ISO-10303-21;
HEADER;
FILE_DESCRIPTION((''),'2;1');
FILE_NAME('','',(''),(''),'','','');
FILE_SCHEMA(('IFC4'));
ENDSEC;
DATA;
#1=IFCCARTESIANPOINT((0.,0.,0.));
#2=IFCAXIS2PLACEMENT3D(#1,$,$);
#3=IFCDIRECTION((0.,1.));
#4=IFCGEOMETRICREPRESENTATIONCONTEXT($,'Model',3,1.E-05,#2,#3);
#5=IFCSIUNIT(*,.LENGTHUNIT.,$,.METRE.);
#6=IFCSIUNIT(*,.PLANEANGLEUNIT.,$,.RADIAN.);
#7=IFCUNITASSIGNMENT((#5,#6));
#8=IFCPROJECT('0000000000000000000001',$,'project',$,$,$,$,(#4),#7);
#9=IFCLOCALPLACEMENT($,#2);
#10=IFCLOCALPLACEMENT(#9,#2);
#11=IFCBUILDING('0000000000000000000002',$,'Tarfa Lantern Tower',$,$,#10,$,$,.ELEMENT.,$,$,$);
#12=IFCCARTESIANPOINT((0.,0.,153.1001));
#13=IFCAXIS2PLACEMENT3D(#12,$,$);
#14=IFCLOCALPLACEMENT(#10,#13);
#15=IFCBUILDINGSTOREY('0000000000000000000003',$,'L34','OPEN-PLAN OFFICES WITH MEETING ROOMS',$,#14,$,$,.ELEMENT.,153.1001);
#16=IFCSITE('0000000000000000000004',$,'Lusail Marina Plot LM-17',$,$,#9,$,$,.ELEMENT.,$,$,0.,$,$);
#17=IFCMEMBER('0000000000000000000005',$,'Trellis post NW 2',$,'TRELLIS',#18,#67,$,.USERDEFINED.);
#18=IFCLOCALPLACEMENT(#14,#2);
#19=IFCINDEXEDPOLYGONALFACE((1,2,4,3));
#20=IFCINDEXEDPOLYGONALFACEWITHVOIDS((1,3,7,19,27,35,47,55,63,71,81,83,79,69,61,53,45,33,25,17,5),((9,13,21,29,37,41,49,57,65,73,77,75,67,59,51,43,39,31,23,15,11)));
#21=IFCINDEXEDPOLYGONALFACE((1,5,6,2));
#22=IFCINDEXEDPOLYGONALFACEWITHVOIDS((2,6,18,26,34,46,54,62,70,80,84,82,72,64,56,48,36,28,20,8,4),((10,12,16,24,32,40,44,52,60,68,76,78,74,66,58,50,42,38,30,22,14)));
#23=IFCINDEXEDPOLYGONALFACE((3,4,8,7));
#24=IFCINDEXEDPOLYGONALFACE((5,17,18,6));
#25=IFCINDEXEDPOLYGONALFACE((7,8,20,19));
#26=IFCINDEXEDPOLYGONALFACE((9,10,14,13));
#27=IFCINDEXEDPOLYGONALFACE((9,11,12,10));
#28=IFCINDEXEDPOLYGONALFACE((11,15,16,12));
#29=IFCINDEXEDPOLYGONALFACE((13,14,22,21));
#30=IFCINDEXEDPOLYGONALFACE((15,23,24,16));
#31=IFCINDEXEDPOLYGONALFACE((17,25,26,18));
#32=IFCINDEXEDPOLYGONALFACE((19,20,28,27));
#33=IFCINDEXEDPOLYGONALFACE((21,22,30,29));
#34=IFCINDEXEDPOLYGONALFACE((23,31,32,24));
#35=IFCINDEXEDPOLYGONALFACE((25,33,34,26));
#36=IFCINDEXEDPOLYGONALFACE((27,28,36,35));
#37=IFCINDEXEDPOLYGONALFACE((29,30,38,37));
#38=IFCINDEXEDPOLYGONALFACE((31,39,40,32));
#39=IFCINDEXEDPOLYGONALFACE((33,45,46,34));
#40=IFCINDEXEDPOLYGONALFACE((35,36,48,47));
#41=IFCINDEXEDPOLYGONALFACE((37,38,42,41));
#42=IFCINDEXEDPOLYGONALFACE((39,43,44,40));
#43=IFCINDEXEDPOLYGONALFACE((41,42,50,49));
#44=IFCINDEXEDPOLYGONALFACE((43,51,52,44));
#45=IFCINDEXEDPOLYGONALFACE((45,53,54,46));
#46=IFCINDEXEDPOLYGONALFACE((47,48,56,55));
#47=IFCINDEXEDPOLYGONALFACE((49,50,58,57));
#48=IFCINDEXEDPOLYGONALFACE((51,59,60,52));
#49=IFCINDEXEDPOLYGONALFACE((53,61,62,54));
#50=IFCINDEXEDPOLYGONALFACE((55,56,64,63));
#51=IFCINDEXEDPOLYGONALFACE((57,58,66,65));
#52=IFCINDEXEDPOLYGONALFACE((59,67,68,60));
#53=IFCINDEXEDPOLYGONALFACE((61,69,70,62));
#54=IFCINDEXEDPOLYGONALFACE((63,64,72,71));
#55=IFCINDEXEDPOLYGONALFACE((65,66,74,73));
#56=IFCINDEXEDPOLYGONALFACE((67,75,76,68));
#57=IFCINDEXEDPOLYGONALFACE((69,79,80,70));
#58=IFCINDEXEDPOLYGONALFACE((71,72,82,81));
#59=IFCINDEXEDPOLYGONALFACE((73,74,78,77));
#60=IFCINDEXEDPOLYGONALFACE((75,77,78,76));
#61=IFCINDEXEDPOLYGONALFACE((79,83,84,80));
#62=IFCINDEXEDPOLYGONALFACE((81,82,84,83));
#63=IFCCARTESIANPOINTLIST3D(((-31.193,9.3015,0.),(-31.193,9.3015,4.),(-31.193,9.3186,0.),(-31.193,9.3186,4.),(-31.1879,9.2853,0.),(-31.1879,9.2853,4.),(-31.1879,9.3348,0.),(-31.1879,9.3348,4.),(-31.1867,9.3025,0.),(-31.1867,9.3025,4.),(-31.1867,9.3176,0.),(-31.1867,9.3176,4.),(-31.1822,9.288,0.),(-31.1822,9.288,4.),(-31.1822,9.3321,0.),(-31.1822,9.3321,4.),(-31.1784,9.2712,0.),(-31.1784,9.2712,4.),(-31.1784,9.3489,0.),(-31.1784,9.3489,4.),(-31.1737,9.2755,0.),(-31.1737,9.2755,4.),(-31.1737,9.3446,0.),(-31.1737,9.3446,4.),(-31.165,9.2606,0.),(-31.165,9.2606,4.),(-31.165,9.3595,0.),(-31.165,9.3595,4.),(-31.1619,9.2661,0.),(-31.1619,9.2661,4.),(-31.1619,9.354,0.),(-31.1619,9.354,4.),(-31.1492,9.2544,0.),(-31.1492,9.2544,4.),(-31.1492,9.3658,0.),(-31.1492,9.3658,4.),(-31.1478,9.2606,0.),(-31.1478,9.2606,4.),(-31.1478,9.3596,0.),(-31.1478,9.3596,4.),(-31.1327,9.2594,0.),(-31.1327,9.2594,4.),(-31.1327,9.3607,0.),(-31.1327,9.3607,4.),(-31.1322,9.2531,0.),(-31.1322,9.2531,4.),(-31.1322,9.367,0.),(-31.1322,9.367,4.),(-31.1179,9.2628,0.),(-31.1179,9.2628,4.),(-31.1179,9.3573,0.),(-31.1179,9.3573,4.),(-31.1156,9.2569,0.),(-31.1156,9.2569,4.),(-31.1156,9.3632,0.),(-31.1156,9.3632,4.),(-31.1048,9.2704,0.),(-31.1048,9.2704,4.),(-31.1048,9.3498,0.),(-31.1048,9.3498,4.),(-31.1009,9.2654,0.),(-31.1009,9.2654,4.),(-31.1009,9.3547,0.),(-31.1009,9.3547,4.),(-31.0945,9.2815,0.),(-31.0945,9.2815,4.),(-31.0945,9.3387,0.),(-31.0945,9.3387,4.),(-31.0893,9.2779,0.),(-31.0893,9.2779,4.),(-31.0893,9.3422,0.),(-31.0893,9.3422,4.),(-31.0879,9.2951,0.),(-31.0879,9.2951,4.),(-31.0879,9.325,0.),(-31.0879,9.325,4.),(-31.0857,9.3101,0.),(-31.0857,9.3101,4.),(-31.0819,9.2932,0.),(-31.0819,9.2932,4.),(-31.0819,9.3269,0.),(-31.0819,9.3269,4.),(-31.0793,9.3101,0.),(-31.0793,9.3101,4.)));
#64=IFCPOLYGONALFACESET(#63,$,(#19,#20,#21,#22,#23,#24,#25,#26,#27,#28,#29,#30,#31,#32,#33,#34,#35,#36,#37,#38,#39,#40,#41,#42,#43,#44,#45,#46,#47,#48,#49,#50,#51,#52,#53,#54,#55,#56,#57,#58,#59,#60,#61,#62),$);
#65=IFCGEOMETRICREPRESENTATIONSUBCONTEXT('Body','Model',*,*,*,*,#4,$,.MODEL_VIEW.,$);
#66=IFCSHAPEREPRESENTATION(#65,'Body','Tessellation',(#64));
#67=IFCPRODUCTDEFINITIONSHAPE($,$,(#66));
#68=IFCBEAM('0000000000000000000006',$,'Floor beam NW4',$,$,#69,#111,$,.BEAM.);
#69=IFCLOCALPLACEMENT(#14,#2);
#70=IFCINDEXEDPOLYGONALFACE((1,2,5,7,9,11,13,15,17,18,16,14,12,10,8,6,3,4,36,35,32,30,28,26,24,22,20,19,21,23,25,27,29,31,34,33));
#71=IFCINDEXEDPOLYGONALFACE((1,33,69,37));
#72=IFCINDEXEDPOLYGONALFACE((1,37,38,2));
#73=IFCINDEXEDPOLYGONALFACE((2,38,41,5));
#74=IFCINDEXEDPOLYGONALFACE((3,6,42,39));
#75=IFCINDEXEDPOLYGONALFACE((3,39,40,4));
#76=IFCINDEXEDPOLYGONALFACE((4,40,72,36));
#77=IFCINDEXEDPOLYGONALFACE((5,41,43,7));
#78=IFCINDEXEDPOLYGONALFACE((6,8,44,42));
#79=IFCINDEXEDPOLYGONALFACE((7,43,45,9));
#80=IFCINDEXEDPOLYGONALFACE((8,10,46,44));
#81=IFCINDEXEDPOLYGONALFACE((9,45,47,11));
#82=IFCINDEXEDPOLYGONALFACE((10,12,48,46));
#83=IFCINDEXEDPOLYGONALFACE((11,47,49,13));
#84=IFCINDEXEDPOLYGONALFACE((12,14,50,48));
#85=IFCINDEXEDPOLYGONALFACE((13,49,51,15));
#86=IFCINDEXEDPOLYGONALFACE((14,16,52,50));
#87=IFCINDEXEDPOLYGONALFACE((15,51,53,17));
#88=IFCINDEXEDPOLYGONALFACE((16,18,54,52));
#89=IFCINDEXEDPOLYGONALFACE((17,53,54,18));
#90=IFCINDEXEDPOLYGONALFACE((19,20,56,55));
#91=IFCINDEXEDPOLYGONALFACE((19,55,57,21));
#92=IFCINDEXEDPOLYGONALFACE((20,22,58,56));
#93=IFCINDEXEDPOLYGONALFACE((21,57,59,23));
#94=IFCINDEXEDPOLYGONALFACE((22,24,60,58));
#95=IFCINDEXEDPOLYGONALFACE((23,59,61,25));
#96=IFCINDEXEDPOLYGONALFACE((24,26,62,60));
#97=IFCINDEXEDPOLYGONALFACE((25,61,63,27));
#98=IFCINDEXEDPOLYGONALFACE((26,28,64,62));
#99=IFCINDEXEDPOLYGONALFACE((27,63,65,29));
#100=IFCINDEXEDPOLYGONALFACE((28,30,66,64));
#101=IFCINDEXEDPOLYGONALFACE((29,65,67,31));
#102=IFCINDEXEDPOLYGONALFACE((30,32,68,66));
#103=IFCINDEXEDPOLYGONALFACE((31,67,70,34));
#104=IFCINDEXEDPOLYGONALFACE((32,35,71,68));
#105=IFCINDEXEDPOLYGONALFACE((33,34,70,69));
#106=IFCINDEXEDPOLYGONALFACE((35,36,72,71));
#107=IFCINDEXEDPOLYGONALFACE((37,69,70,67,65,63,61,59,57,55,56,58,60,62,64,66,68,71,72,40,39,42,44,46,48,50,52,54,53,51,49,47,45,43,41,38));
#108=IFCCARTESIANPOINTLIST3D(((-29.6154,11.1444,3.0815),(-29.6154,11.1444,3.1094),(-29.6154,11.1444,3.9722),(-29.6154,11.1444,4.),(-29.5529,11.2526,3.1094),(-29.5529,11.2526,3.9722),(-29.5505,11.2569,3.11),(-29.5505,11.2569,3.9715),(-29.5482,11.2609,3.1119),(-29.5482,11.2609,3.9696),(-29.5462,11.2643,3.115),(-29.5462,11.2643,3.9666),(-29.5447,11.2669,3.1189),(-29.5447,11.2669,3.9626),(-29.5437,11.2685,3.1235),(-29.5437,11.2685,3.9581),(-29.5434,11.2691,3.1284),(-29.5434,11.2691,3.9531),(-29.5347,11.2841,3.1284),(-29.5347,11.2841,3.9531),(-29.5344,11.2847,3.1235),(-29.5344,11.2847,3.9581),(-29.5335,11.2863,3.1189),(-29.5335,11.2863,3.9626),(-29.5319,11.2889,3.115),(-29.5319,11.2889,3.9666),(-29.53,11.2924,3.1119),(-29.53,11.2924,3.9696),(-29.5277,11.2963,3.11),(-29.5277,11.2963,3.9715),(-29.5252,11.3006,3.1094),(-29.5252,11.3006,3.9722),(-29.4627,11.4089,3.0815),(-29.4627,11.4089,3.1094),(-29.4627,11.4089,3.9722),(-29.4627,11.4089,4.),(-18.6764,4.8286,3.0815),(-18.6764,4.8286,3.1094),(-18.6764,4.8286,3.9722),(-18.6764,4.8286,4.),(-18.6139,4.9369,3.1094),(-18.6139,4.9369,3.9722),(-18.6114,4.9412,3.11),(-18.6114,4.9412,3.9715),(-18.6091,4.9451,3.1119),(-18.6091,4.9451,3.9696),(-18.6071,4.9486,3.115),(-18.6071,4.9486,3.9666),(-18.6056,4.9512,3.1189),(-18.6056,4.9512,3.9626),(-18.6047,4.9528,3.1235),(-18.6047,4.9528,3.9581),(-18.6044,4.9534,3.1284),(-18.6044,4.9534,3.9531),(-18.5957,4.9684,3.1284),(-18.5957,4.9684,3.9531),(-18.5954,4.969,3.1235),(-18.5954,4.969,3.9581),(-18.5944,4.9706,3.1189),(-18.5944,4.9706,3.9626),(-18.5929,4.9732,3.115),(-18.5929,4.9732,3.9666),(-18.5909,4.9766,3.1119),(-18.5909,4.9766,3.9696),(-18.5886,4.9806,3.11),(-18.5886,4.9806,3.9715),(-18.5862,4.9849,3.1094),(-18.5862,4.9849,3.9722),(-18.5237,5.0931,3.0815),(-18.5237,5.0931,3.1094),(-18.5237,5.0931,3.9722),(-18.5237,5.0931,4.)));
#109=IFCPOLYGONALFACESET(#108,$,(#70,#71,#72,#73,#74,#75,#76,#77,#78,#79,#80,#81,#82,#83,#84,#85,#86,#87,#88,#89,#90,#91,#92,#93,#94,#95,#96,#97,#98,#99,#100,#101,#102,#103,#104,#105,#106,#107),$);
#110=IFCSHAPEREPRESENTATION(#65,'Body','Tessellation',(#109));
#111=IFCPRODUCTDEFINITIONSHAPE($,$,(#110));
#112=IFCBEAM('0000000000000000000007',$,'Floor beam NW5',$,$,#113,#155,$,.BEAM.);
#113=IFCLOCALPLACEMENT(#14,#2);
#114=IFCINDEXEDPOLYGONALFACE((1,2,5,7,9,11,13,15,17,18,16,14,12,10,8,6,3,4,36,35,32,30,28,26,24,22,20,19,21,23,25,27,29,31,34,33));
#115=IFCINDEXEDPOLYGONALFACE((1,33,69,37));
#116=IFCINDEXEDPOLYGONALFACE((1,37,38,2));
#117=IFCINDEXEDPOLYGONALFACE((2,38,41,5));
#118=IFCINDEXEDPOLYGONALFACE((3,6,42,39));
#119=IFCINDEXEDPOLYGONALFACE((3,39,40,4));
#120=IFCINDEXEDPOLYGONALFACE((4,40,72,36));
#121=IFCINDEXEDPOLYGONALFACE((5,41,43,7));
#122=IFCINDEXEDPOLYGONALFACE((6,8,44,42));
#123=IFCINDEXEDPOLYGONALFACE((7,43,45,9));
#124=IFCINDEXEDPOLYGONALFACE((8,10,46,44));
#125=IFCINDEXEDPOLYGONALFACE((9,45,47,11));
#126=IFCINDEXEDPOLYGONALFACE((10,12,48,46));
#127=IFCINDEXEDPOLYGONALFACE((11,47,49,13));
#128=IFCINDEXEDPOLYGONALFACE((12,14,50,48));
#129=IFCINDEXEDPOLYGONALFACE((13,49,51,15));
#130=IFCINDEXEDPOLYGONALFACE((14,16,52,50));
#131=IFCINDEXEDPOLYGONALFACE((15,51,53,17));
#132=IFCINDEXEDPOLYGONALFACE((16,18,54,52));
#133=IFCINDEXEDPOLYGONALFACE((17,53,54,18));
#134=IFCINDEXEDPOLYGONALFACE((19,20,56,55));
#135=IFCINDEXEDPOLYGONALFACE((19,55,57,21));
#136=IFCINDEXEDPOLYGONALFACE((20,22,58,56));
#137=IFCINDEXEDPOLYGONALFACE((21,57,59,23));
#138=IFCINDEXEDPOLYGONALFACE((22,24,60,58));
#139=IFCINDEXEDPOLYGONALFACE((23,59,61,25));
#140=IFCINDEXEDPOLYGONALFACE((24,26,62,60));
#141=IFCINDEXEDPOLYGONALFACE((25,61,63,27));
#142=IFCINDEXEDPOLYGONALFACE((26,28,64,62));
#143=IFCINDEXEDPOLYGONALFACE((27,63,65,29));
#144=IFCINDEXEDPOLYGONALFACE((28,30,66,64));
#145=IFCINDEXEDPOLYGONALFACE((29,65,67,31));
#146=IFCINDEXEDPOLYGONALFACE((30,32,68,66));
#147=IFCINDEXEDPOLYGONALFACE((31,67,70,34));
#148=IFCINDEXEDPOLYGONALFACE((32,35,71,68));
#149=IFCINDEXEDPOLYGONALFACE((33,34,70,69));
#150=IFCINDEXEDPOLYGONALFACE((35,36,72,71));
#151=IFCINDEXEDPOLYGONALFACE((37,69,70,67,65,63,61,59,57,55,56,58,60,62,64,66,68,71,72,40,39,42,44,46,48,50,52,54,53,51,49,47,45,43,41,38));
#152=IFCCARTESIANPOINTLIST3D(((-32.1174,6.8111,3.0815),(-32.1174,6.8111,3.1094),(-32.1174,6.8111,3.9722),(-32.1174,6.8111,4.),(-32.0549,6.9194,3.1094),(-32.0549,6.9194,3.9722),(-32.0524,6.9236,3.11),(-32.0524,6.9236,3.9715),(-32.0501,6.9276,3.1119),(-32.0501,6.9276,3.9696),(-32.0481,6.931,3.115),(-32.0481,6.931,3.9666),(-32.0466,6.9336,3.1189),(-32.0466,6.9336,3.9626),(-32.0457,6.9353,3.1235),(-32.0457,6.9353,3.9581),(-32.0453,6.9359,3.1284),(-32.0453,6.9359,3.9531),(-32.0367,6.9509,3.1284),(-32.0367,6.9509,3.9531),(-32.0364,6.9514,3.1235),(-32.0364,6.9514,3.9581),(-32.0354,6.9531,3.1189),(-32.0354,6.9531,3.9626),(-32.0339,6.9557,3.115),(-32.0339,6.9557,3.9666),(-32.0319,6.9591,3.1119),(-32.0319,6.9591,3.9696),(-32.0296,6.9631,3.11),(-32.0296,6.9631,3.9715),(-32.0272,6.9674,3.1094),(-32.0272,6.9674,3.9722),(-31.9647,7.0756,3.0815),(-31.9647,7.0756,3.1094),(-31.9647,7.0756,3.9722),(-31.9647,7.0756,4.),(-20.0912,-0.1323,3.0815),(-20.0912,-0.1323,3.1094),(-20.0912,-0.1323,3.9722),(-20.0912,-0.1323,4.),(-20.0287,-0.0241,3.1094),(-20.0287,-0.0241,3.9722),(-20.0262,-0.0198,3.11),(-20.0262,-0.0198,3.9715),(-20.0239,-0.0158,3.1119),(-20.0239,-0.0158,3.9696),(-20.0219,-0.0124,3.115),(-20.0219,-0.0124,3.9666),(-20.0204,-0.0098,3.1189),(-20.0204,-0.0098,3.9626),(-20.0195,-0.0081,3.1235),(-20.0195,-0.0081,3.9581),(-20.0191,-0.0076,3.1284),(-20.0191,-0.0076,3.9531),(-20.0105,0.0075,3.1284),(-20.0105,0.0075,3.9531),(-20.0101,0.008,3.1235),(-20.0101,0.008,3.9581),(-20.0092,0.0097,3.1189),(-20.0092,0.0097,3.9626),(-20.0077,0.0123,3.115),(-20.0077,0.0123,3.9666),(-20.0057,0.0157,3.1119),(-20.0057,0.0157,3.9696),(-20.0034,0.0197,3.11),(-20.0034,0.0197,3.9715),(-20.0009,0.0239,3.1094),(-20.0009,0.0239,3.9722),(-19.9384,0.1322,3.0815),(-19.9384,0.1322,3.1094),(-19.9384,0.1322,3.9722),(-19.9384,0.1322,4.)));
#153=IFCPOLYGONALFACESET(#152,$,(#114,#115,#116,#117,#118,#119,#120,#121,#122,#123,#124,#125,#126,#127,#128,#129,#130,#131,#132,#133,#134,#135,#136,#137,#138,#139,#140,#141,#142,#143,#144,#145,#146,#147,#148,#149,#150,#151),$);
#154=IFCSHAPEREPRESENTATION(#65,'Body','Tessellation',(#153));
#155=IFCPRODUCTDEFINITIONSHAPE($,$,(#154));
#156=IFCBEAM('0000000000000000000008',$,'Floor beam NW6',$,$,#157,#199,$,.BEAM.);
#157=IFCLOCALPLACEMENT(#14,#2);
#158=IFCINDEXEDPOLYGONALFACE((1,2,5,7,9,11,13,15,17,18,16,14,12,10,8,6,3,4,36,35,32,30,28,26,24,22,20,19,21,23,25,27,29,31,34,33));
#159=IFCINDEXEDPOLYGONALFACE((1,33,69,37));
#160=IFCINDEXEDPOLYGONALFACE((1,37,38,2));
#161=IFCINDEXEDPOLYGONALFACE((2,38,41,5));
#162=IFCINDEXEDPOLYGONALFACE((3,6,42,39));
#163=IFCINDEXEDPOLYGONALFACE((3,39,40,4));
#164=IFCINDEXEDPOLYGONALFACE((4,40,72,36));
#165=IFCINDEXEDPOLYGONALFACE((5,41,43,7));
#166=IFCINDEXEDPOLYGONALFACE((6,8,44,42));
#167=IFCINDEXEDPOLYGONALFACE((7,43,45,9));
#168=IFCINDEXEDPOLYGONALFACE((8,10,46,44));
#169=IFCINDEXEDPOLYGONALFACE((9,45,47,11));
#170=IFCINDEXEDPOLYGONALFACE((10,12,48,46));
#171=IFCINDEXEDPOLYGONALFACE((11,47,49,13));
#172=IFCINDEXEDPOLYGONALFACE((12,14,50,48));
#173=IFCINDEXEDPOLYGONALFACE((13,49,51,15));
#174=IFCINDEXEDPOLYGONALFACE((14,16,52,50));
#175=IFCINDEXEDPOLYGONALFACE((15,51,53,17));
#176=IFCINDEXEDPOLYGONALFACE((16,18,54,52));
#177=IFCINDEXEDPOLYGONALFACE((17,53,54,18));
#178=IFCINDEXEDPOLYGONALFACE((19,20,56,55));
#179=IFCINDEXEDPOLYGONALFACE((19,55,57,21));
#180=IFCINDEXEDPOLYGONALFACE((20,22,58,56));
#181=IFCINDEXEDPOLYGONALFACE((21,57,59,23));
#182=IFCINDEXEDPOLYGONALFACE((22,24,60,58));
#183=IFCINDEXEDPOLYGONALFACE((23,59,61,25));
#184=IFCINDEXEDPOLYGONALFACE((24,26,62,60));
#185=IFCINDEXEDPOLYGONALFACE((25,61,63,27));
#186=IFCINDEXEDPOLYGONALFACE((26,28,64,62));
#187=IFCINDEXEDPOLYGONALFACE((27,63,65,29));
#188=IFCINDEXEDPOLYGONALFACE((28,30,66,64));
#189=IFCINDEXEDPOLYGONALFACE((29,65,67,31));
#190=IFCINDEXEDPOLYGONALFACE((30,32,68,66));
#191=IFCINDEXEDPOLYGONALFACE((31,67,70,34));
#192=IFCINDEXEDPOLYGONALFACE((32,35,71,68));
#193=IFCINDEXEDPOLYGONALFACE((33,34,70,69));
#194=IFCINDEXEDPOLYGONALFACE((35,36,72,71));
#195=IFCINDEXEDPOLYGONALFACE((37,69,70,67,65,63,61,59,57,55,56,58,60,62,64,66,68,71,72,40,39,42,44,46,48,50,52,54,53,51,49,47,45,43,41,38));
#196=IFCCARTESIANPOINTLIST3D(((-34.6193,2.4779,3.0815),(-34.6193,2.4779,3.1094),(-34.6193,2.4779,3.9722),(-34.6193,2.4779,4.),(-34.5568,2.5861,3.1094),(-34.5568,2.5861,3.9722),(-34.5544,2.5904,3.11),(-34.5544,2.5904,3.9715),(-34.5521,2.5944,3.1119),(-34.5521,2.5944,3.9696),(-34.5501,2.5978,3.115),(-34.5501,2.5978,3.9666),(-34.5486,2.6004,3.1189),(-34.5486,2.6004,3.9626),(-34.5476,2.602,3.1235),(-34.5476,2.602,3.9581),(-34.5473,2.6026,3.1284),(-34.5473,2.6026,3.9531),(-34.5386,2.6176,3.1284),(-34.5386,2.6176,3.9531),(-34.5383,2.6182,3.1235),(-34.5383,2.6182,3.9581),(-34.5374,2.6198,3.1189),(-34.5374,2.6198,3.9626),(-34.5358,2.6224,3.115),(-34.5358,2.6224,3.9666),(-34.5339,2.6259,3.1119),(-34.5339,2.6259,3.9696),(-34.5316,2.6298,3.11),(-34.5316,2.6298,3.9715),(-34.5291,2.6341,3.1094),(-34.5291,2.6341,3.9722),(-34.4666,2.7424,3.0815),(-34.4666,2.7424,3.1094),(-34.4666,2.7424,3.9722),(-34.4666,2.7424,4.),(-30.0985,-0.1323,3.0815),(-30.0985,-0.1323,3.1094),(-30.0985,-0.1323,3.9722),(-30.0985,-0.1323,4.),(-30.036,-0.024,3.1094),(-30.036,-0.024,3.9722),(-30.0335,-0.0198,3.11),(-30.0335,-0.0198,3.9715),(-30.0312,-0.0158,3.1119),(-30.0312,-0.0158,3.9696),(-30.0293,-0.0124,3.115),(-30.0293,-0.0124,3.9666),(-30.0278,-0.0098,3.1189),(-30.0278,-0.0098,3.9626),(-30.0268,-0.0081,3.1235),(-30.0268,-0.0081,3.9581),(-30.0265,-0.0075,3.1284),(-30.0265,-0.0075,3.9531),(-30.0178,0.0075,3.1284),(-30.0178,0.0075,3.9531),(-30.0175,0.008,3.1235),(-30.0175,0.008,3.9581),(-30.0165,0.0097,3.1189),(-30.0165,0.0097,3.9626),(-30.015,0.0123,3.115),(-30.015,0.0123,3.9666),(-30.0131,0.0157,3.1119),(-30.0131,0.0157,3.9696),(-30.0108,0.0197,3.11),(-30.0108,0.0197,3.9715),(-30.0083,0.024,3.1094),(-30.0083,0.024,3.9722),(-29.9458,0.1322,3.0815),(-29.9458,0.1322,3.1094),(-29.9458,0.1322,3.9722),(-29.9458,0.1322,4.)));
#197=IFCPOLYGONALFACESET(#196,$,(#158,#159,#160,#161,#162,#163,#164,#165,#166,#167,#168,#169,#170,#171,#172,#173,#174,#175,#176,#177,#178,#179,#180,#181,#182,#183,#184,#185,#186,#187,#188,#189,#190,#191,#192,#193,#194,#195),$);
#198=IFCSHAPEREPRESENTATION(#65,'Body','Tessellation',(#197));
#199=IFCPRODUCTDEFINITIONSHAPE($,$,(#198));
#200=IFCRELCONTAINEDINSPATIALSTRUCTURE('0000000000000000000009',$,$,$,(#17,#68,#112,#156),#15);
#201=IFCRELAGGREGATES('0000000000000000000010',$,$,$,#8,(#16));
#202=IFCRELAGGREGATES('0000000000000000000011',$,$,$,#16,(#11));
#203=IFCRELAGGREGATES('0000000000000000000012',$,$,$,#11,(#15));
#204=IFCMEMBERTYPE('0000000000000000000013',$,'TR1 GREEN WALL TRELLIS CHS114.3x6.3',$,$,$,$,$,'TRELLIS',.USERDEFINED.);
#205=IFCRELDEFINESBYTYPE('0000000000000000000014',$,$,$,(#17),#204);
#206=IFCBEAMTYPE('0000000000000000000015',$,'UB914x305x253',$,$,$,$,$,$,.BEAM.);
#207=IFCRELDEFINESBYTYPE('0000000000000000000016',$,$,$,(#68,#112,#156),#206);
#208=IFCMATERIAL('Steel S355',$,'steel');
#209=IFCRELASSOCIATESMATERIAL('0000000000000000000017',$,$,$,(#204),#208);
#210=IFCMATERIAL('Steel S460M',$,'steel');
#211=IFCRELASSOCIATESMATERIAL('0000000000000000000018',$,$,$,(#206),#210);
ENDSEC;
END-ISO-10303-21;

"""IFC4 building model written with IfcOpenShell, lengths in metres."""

from ifc_helpers import new_model, si_unit, direction, frame, origin, origin_2d, place, context, subcontext, project, spatial, hollow_circle, i_section, extrude, material, material_profile, profile_set, type_object, element, save


model = new_model("IFC4")

# Units and contexts
model_context = context("Model", 3, precision=1e-05, world=origin(), true_north=direction((0.0, 1.0)))
body_context = subcontext(model_context, "Body", "Model", "MODEL_VIEW")
ifc_project = project(units=[si_unit("LENGTHUNIT", "METRE"), si_unit("PLANEANGLEUNIT", "RADIAN")], contexts=[model_context])

# Site, building, storey
site_placement = place(None, origin())
site = spatial("IfcSite", under=ifc_project, at=site_placement, Name="Lusail Marina Plot LM-17", CompositionType="ELEMENT", RefElevation=0.0)
building_placement = place(site_placement, origin())
building = spatial("IfcBuilding", under=site, at=building_placement, Name="Tarfa Lantern Tower", CompositionType="ELEMENT")
storey_placement = place(building_placement, frame((0.0, 0.0, 153.1001)))
storey = spatial("IfcBuildingStorey", under=building, at=storey_placement, Name="L34", Description="OPEN-PLAN OFFICES WITH MEETING ROOMS", CompositionType="ELEMENT", Elevation=153.1001)

# Member
ifc_material_1 = material(Name="Steel S355", Category="steel")
ifc_material_profile_1 = material_profile(ifc_material_1, hollow_circle(Radius=0.0571, WallThickness=0.0063, at=origin_2d()), Name="CHS114.3x6.3")
ifc_profile_set_1 = profile_set([ifc_material_profile_1], Name="Steel S355")
member_type_1 = type_object("IfcMemberType", Name="TR1 GREEN WALL TRELLIS CHS114.3x6.3", ElementType="TRELLIS", PredefinedType="USERDEFINED", material=ifc_profile_set_1)
member_1_placement = place(storey_placement, frame((-31.1365, 9.3101, 0.0), z_axis=(0.0, 0.0, 1.0), x_axis=(1.0, 0.0, 0.0)))
element("IfcMember", 1, at=member_1_placement, inside=storey, type_object=member_type_1, Name="Trellis post NW 2", ObjectType="TRELLIS", PredefinedType="USERDEFINED", context=body_context, shape_type="SweptSolid", body=[
    extrude(hollow_circle(Radius=0.0571, WallThickness=0.0063, at=origin_2d()), origin(), (0.0, 0.0, 1.0), 4.0),
])

# Beams
ifc_material_2 = material(Name="Steel S460M", Category="steel")
ifc_material_profile_2 = material_profile(ifc_material_2, i_section(OverallWidth=0.3054, OverallDepth=0.9185, WebThickness=0.0173, FlangeThickness=0.0278, FilletRadius=0.019, at=origin_2d()), Name="UB914x305x253")
ifc_profile_set_2 = profile_set([ifc_material_profile_2], Name="Steel S460M")
beam_type_1 = type_object("IfcBeamType", Name="UB914x305x253", PredefinedType="BEAM", material=ifc_profile_set_2)
beam_1_placement = place(storey_placement, frame((-29.5391, 11.2766, 3.5408), z_axis=(0.866023, -0.500004, 0.0), x_axis=(0.500004, 0.866023, 0.0)))
element("IfcBeam", 2, at=beam_1_placement, inside=storey, type_object=beam_type_1, Name="Floor beam NW4", PredefinedType="BEAM", context=body_context, shape_type="SweptSolid", body=[
    extrude(i_section(OverallWidth=0.3054, OverallDepth=0.9185, WebThickness=0.0173, FlangeThickness=0.0278, FilletRadius=0.019, at=origin_2d()), origin(), (0.0, 0.0, 1.0), 12.6313),
])
beam_2_placement = place(storey_placement, frame((-32.041, 6.9434, 3.5408), z_axis=(0.866023, -0.500004, 0.0), x_axis=(0.500004, 0.866023, 0.0)))
element("IfcBeam", 3, at=beam_2_placement, inside=storey, type_object=beam_type_1, Name="Floor beam NW5", PredefinedType="BEAM", context=body_context, shape_type="SweptSolid", body=[
    extrude(i_section(OverallWidth=0.3054, OverallDepth=0.9185, WebThickness=0.0173, FlangeThickness=0.0278, FilletRadius=0.019, at=origin_2d()), origin(), (0.0, 0.0, 1.0), 13.8867),
])
beam_3_placement = place(storey_placement, frame((-34.543, 2.6101, 3.5408), z_axis=(0.866021, -0.500007, 0.0), x_axis=(0.500007, 0.866021, 0.0)))
element("IfcBeam", 4, at=beam_3_placement, inside=storey, type_object=beam_type_1, Name="Floor beam NW6", PredefinedType="BEAM", context=body_context, shape_type="SweptSolid", body=[
    extrude(i_section(OverallWidth=0.3054, OverallDepth=0.9185, WebThickness=0.0173, FlangeThickness=0.0278, FilletRadius=0.019, at=origin_2d()), origin(), (0.0, 0.0, 1.0), 5.2202),
])

save(model, "model.ifc")
